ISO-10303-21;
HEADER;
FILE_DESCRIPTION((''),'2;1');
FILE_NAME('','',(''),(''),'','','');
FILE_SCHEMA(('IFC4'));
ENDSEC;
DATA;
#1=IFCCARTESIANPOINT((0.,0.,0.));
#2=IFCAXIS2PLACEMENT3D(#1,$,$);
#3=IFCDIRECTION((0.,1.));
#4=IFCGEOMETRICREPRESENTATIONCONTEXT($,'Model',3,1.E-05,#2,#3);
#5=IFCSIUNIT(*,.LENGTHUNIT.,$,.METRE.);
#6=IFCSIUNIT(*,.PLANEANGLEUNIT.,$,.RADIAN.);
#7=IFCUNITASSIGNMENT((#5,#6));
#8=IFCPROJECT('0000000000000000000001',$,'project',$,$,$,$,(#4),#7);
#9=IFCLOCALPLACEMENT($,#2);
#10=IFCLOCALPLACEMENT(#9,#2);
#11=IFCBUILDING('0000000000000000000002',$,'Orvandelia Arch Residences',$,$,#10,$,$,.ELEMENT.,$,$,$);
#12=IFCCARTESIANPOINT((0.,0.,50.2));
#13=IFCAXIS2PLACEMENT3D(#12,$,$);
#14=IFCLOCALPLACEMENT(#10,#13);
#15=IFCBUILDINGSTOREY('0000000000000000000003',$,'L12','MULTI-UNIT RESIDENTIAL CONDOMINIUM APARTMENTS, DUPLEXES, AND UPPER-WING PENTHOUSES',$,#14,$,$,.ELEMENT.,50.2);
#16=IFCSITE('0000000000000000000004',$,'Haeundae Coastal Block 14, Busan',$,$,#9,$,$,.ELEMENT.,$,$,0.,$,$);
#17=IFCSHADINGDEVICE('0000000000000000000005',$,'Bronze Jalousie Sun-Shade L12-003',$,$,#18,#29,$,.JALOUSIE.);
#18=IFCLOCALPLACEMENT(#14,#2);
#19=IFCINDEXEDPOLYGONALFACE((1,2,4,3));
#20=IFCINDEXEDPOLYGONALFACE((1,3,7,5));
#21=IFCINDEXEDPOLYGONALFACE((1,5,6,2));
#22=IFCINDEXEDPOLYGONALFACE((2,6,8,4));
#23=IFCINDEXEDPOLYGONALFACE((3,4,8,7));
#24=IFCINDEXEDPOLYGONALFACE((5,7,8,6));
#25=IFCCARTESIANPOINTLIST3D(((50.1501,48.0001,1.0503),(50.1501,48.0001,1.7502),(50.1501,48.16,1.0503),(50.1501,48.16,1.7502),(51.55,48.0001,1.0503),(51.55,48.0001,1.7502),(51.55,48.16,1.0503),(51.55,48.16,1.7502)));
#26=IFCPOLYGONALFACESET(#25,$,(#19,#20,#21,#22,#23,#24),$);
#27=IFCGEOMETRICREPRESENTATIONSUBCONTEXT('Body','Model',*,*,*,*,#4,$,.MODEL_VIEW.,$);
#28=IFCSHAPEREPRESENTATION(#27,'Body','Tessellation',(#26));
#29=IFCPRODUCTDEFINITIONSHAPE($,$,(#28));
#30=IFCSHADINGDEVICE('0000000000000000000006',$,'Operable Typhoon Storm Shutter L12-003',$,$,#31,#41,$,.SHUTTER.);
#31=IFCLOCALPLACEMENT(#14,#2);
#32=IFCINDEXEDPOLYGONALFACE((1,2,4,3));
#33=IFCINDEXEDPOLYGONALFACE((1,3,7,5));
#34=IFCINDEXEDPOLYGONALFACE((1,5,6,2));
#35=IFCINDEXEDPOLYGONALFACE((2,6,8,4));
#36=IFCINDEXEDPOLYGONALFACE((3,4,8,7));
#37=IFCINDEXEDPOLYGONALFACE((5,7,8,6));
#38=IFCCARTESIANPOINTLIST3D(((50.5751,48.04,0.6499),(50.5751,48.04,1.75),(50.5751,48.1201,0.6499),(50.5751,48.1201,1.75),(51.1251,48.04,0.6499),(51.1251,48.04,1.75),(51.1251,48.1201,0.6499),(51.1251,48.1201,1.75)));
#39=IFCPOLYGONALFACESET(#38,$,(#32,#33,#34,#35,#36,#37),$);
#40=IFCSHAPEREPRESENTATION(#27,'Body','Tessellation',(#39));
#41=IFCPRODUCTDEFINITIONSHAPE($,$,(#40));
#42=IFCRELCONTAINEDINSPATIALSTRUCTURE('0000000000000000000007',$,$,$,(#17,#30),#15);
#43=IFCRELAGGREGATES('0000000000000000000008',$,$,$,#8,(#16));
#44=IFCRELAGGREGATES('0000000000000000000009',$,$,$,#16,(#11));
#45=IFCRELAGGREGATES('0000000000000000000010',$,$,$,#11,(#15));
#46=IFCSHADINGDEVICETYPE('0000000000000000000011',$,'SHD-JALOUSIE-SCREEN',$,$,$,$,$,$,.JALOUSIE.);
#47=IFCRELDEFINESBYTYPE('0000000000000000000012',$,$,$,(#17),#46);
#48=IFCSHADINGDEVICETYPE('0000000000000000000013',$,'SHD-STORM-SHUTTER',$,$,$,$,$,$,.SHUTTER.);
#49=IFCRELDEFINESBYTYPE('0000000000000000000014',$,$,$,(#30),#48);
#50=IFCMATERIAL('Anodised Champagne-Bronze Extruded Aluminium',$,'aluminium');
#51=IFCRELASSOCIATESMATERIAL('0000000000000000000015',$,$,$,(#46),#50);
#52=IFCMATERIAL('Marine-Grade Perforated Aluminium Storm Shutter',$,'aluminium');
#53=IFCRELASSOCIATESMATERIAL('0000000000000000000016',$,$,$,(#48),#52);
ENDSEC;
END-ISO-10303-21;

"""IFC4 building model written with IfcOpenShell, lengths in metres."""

from ifc_helpers import new_model, si_unit, direction, frame, origin, origin_2d, place, context, subcontext, project, spatial, rectangle, extrude, material, type_object, element, save


model = new_model("IFC4")

# Units and contexts
model_context = context("Model", 3, precision=1e-05, world=origin(), true_north=direction((0.0, 1.0)))
body_context = subcontext(model_context, "Body", "Model", "MODEL_VIEW")
ifc_project = project(units=[si_unit("LENGTHUNIT", "METRE"), si_unit("PLANEANGLEUNIT", "RADIAN")], contexts=[model_context])

# Site, building, storey
site_placement = place(None, origin())
site = spatial("IfcSite", under=ifc_project, at=site_placement, Name="Haeundae Coastal Block 14, Busan", CompositionType="ELEMENT", RefElevation=0.0)
building_placement = place(site_placement, origin())
building = spatial("IfcBuilding", under=site, at=building_placement, Name="Orvandelia Arch Residences", CompositionType="ELEMENT")
storey_placement = place(building_placement, frame((0.0, 0.0, 50.2)))
storey = spatial("IfcBuildingStorey", under=building, at=storey_placement, Name="L12", Description="MULTI-UNIT RESIDENTIAL CONDOMINIUM APARTMENTS, DUPLEXES, AND UPPER-WING PENTHOUSES", CompositionType="ELEMENT", Elevation=50.2)

# Shading devices
ifc_material_1 = material(Name="Anodised Champagne-Bronze Extruded Aluminium", Category="aluminium")
shading_device_type_1 = type_object("IfcShadingDeviceType", Name="SHD-JALOUSIE-SCREEN", PredefinedType="JALOUSIE", material=ifc_material_1)
shading_device_1_placement = place(storey_placement, frame((50.8501, 48.0801, 1.0503), z_axis=(0.0, 0.0, 1.0), x_axis=(1.0, 0.0, 0.0)))
element("IfcShadingDevice", 1, at=shading_device_1_placement, inside=storey, type_object=shading_device_type_1, Name="Bronze Jalousie Sun-Shade L12-003", PredefinedType="JALOUSIE", context=body_context, shape_type="SweptSolid", body=[
    extrude(rectangle(XDim=1.3999, YDim=0.1599, at=origin_2d()), origin(), (0.0, 0.0, 1.0), 0.7),
])
ifc_material_2 = material(Name="Marine-Grade Perforated Aluminium Storm Shutter", Category="aluminium")
shading_device_type_2 = type_object("IfcShadingDeviceType", Name="SHD-STORM-SHUTTER", PredefinedType="SHUTTER", material=ifc_material_2)
shading_device_2_placement = place(storey_placement, frame((50.8501, 48.0801, 0.6499), z_axis=(0.0, 0.0, 1.0), x_axis=(1.0, 0.0, 0.0)))
element("IfcShadingDevice", 2, at=shading_device_2_placement, inside=storey, type_object=shading_device_type_2, Name="Operable Typhoon Storm Shutter L12-003", PredefinedType="SHUTTER", context=body_context, shape_type="SweptSolid", body=[
    extrude(rectangle(XDim=0.55, YDim=0.0801, at=origin_2d()), origin(), (0.0, 0.0, 1.0), 1.1001),
])

save(model, "model.ifc")
